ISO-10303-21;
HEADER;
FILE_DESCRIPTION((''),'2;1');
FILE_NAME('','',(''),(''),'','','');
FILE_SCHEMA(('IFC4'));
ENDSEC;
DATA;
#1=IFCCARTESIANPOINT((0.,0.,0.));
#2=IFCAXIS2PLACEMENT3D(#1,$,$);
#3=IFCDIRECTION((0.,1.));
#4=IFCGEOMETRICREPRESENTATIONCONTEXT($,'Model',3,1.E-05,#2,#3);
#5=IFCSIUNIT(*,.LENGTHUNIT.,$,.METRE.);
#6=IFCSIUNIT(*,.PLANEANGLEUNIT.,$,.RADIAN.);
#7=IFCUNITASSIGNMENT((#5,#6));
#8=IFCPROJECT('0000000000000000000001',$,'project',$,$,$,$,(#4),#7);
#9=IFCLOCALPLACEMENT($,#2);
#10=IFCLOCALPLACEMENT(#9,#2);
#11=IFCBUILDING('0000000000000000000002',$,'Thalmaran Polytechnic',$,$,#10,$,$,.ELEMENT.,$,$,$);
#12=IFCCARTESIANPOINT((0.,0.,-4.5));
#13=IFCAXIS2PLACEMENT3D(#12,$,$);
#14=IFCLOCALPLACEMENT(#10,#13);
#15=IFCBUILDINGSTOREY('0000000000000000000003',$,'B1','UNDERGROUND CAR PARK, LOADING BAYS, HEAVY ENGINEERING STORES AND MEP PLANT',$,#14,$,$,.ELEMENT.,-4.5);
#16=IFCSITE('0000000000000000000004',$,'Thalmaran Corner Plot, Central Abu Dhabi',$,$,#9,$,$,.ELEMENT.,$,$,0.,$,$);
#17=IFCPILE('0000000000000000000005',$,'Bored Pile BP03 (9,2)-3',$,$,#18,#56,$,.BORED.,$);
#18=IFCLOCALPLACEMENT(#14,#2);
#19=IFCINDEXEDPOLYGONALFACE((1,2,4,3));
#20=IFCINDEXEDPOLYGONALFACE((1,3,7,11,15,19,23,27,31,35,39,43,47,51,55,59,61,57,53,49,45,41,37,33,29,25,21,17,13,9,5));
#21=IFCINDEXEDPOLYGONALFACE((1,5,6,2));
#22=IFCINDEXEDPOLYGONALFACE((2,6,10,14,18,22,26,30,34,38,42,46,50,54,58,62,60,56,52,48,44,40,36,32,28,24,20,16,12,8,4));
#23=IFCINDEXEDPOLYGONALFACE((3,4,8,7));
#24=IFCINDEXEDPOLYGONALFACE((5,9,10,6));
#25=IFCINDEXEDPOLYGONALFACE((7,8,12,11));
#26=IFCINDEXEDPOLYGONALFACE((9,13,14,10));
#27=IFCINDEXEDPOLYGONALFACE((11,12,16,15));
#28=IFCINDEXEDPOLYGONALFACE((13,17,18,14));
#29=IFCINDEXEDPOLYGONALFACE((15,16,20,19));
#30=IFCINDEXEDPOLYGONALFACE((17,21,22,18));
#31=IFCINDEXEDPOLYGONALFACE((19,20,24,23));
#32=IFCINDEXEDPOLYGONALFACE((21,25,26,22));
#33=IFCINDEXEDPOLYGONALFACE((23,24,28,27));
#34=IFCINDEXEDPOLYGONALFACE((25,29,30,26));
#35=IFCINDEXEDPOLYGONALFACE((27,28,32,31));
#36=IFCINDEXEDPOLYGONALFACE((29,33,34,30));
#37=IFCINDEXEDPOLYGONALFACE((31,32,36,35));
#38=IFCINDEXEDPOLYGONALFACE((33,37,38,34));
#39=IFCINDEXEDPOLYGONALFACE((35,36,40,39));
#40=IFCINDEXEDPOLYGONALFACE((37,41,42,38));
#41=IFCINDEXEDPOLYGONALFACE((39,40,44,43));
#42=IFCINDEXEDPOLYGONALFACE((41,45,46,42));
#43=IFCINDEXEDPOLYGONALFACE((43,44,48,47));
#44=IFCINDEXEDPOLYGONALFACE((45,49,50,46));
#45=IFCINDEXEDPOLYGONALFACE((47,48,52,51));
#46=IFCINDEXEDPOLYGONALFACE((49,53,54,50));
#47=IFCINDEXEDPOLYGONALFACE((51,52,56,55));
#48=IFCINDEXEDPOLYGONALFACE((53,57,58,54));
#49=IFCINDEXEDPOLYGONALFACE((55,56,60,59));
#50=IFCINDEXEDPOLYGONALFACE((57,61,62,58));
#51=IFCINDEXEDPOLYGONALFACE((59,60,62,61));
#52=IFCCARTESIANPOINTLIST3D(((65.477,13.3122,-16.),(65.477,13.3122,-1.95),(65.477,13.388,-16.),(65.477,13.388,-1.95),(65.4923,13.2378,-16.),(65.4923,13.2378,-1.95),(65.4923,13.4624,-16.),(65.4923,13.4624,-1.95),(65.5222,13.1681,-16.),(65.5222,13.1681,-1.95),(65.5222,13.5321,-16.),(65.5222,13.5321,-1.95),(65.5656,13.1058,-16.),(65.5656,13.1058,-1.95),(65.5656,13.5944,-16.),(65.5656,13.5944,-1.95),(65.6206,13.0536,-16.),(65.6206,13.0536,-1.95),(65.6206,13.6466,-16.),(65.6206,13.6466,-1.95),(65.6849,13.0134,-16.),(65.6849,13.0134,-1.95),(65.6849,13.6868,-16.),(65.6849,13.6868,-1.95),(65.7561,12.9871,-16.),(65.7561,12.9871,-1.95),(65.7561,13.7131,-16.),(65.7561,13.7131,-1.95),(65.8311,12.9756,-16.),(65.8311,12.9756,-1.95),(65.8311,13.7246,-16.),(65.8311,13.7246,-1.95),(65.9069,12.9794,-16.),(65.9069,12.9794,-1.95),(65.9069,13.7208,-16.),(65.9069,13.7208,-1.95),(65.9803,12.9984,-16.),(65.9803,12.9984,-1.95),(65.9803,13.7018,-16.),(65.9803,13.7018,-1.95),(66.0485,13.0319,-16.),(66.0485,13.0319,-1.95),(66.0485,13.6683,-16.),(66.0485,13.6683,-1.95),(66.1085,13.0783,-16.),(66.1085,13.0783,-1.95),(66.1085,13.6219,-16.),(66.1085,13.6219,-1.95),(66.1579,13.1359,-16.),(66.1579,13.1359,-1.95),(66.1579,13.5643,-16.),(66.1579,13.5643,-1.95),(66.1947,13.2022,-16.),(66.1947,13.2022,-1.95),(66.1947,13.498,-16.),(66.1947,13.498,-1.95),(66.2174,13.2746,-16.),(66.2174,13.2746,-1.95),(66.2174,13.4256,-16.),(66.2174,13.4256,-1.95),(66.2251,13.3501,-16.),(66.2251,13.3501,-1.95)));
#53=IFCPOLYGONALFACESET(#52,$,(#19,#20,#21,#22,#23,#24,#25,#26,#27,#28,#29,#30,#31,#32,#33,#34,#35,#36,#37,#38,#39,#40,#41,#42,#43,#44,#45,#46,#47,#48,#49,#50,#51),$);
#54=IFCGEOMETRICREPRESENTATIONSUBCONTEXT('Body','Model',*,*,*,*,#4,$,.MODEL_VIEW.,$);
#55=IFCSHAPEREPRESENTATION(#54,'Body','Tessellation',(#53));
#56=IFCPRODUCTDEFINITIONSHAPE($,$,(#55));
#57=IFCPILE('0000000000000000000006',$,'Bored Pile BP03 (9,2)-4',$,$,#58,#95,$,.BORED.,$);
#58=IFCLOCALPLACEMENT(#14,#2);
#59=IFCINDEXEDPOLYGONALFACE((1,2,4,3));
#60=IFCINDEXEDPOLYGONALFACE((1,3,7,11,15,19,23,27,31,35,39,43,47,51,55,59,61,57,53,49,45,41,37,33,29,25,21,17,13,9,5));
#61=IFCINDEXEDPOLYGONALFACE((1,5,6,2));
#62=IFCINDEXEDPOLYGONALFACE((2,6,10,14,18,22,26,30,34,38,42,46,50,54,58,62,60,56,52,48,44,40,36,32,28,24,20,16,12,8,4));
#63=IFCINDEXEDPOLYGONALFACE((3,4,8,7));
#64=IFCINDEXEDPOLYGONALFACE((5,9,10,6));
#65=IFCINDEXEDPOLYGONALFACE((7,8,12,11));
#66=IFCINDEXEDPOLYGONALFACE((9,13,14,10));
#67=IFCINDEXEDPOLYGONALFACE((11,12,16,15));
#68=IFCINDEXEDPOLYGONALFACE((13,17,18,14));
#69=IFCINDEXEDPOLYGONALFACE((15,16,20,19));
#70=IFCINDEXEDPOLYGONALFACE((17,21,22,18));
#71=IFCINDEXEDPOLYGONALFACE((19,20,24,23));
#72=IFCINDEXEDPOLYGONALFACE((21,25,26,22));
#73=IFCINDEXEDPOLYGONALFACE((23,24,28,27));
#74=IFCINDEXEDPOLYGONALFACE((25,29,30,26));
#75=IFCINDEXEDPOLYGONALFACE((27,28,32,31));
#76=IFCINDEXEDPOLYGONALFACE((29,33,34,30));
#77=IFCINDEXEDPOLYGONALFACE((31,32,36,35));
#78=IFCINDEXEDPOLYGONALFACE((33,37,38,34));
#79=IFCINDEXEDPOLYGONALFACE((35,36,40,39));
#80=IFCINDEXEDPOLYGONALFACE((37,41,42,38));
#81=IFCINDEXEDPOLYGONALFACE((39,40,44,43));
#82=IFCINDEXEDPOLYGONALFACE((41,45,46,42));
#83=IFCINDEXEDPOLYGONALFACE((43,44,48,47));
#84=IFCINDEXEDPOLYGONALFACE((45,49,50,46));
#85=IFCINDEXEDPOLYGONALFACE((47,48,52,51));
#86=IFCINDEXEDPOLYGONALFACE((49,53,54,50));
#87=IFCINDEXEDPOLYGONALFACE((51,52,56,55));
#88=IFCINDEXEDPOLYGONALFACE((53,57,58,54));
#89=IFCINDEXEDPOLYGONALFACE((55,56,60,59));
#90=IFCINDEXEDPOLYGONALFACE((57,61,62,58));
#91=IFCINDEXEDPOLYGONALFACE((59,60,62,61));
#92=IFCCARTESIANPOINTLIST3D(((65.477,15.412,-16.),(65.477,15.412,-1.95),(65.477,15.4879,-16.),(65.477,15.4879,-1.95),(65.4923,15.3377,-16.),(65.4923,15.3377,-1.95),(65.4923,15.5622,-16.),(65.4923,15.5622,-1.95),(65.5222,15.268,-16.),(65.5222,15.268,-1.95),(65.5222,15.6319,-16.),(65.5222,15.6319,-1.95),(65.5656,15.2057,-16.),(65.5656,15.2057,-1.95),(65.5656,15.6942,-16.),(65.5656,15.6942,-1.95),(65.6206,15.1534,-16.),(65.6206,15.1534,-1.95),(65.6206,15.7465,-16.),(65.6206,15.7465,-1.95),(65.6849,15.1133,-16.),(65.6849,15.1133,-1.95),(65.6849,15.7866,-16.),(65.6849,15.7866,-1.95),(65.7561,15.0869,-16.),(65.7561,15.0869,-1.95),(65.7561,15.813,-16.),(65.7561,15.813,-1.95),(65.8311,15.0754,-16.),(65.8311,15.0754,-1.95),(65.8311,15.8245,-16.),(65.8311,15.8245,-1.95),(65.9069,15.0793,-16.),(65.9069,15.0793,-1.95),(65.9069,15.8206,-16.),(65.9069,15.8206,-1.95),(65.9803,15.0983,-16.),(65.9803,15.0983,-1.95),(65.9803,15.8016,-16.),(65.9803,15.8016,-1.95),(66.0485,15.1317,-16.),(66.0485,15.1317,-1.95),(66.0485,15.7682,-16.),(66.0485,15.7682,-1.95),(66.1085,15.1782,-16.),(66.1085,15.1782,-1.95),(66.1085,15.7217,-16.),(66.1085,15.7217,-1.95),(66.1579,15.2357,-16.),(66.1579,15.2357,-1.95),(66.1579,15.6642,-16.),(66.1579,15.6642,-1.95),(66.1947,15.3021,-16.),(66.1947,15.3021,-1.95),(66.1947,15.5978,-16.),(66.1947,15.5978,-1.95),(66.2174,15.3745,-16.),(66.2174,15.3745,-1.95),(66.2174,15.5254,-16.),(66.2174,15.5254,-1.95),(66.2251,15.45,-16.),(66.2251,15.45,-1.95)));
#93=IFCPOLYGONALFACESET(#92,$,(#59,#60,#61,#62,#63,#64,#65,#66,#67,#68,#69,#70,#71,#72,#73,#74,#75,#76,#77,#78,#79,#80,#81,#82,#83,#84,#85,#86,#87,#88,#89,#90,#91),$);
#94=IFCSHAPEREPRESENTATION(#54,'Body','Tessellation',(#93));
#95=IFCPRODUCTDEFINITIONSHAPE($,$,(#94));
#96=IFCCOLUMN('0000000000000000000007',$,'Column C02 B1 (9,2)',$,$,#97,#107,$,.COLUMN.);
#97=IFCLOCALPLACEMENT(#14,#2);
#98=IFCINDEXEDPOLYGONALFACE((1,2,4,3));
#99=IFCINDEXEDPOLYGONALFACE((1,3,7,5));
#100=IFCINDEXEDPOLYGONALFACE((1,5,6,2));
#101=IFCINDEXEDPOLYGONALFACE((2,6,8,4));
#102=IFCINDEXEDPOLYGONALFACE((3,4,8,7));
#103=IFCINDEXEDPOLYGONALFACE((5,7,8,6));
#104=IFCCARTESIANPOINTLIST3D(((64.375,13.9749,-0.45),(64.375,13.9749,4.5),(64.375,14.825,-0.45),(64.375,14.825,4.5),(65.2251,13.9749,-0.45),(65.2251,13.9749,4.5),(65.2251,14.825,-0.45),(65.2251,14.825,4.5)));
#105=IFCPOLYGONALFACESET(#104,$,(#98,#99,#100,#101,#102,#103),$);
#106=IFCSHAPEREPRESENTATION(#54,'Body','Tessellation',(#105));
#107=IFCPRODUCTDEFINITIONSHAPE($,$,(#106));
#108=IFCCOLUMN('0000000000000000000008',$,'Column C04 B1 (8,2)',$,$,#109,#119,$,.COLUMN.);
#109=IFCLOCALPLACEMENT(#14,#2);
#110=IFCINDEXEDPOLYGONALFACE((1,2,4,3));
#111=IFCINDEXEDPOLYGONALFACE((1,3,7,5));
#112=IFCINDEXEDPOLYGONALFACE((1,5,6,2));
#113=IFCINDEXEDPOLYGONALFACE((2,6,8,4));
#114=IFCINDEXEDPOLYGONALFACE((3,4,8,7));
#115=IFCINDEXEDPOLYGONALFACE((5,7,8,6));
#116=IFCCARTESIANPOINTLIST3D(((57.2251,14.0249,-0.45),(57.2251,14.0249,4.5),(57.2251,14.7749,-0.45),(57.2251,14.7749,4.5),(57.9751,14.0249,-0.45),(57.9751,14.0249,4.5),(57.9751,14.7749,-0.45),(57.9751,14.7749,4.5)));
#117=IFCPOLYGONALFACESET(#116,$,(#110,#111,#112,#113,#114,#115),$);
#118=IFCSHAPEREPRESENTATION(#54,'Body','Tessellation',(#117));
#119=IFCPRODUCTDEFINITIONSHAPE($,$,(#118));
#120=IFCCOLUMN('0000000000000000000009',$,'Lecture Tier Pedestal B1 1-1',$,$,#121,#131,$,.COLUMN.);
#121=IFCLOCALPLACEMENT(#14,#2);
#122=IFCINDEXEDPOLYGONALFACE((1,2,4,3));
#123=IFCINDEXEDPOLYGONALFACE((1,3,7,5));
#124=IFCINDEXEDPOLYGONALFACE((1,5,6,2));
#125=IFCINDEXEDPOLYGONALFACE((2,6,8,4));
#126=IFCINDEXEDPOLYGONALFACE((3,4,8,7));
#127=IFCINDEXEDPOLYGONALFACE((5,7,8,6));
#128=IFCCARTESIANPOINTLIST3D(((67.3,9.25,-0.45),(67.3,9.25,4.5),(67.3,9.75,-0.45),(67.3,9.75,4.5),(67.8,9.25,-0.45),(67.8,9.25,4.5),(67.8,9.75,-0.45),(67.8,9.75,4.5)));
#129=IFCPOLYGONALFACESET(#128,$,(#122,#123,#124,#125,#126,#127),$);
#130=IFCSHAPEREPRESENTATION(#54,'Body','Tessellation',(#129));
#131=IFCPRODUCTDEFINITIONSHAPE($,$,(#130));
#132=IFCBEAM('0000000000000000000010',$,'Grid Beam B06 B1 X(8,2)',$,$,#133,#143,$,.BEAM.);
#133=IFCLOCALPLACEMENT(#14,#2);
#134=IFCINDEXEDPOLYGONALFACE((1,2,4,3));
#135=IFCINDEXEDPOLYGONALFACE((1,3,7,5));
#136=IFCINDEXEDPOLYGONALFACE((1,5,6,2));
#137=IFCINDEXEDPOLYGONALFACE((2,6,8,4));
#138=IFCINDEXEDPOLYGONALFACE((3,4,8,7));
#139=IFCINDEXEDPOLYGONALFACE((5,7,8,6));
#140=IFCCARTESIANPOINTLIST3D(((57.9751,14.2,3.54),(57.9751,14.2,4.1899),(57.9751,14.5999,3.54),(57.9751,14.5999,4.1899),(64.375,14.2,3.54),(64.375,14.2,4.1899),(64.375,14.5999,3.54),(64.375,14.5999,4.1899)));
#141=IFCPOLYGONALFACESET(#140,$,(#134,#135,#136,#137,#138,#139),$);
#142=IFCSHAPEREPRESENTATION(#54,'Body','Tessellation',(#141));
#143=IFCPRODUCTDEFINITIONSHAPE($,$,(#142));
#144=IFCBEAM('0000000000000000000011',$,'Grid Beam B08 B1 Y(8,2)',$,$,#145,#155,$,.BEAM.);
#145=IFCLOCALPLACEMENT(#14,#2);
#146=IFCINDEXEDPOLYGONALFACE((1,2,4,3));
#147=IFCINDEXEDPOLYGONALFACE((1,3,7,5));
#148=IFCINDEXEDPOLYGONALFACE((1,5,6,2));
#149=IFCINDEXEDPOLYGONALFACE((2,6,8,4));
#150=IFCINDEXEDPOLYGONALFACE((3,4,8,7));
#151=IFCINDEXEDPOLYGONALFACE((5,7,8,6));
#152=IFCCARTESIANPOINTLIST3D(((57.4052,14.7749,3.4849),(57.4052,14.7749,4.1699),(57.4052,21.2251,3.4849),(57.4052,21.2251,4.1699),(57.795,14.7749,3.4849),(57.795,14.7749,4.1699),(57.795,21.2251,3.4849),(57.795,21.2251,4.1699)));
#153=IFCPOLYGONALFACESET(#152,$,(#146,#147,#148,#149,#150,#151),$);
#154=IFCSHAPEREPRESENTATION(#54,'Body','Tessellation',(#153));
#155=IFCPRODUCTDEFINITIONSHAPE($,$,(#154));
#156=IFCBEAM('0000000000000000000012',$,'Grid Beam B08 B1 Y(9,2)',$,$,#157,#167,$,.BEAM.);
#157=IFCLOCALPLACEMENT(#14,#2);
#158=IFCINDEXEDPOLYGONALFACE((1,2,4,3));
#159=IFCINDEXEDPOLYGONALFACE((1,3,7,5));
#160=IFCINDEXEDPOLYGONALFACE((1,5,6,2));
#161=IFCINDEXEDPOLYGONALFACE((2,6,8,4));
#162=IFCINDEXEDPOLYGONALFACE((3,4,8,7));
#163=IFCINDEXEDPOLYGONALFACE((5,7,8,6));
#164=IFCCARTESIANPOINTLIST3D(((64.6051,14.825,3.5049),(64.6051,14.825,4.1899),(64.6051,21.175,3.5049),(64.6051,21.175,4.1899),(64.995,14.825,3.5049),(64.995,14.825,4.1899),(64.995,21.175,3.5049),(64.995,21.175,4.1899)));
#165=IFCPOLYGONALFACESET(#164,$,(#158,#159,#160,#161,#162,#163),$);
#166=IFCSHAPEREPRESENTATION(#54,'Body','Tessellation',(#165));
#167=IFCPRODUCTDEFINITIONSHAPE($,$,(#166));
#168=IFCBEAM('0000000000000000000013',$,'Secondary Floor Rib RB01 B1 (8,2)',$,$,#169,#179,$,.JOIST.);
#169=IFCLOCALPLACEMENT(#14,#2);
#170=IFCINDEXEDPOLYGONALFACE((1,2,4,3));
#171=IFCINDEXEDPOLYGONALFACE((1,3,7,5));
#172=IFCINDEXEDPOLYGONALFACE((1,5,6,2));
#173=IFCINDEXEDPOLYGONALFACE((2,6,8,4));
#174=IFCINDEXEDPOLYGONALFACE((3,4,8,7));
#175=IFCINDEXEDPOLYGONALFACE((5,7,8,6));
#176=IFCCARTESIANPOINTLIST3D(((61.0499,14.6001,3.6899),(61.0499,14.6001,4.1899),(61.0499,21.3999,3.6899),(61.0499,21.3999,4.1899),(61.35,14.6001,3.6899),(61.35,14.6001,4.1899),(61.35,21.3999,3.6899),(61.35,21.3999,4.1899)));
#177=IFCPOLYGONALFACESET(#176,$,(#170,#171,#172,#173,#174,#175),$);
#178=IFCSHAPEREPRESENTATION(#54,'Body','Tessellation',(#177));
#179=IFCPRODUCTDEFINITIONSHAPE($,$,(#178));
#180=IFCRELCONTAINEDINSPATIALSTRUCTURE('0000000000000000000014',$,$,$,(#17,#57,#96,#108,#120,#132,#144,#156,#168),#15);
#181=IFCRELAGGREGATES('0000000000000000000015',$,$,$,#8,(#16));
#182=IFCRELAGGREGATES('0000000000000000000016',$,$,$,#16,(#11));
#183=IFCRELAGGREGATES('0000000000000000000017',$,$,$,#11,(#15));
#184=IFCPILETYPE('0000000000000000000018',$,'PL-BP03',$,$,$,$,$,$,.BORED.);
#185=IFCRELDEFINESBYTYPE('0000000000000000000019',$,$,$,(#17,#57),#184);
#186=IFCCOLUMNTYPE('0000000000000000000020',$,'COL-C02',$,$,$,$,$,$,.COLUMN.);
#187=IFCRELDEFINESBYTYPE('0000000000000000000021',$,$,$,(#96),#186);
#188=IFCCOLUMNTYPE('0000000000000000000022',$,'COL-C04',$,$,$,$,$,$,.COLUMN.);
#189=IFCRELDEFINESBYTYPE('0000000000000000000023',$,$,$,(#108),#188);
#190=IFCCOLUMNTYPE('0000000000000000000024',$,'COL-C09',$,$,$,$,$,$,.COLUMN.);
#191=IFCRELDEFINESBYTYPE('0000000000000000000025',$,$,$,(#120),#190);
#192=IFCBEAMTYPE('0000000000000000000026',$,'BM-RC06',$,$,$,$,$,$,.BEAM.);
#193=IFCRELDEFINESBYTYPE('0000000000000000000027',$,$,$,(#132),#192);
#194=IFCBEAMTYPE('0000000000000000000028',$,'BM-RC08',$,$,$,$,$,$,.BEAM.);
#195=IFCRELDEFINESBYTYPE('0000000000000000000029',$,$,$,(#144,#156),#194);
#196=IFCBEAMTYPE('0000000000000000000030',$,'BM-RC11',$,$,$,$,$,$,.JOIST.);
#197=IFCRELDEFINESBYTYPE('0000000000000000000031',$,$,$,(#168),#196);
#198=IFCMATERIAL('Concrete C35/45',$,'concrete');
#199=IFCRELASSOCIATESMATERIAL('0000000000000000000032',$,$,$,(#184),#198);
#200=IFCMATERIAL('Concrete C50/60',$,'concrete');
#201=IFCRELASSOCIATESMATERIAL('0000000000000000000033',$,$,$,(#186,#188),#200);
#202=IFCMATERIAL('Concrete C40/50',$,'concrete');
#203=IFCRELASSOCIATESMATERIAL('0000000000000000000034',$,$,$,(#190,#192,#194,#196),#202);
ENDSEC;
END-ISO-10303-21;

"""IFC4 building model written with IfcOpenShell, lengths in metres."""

from ifc_helpers import new_model, si_unit, direction, frame, origin, origin_2d, place, context, subcontext, project, spatial, rectangle, circle, extrude, material, material_profile, profile_set, type_object, element, save


model = new_model("IFC4")

# Units and contexts
model_context = context("Model", 3, precision=1e-05, world=origin(), true_north=direction((0.0, 1.0)))
body_context = subcontext(model_context, "Body", "Model", "MODEL_VIEW")
ifc_project = project(units=[si_unit("LENGTHUNIT", "METRE"), si_unit("PLANEANGLEUNIT", "RADIAN")], contexts=[model_context])

# Site, building, storey
site_placement = place(None, origin())
site = spatial("IfcSite", under=ifc_project, at=site_placement, Name="Thalmaran Corner Plot, Central Abu Dhabi", CompositionType="ELEMENT", RefElevation=0.0)
building_placement = place(site_placement, origin())
building = spatial("IfcBuilding", under=site, at=building_placement, Name="Thalmaran Polytechnic", CompositionType="ELEMENT")
storey_placement = place(building_placement, frame((0.0, 0.0, -4.5)))
storey = spatial("IfcBuildingStorey", under=building, at=storey_placement, Name="B1", Description="UNDERGROUND CAR PARK, LOADING BAYS, HEAVY ENGINEERING STORES AND MEP PLANT", CompositionType="ELEMENT", Elevation=-4.5)

# Shared definitions
ifc_material_1 = material(Name="Concrete C40/50", Category="concrete")

# Piles
ifc_material_2 = material(Name="Concrete C35/45", Category="concrete")
ifc_material_profile_1 = material_profile(ifc_material_2, circle(Radius=0.375, at=origin_2d()), Name="RC 750 DIA")
ifc_profile_set_1 = profile_set([ifc_material_profile_1], Name="Concrete C35/45")
pile_type = type_object("IfcPileType", Name="PL-BP03", PredefinedType="BORED", material=ifc_profile_set_1)
for number, where, z_axis, x_axis, name in (
    (1, (65.8501, 13.3501, -1.95), (0.0, 0.0, -1.0), (1.0, 0.0, 0.0), "Bored Pile BP03 (9,2)-3"),
    (2, (65.8501, 15.45, -1.95), (0.0, 0.0, -1.0), (1.0, 0.0, 0.0), "Bored Pile BP03 (9,2)-4"),
):
    element("IfcPile", number, at=place(storey_placement, frame(where, z_axis=z_axis, x_axis=x_axis)), inside=storey, type_object=pile_type, Name=name, PredefinedType="BORED", context=body_context, shape_type="SweptSolid", body=[
        extrude(circle(Radius=0.375, at=origin_2d()), origin(), (0.0, 0.0, 1.0), 14.05),
    ])

# Columns
ifc_material_3 = material(Name="Concrete C50/60", Category="concrete")
ifc_material_profile_2 = material_profile(ifc_material_3, rectangle(XDim=0.8501, YDim=0.8501, at=origin_2d()), Name="RC 850x850")
ifc_profile_set_2 = profile_set([ifc_material_profile_2], Name="Concrete C50/60")
column_type_1 = type_object("IfcColumnType", Name="COL-C02", PredefinedType="COLUMN", material=ifc_profile_set_2)
column_1_placement = place(storey_placement, frame((64.8, 14.3999, -0.45), z_axis=(0.0, 0.0, 1.0), x_axis=(1.0, 0.0, 0.0)))
element("IfcColumn", 3, at=column_1_placement, inside=storey, type_object=column_type_1, Name="Column C02 B1 (9,2)", PredefinedType="COLUMN", context=body_context, shape_type="SweptSolid", body=[
    extrude(rectangle(XDim=0.8501, YDim=0.8501, at=origin_2d()), origin(), (0.0, 0.0, 1.0), 4.95),
])
ifc_material_profile_3 = material_profile(ifc_material_3, rectangle(XDim=0.75, YDim=0.75, at=origin_2d()), Name="RC 750x750")
ifc_profile_set_3 = profile_set([ifc_material_profile_3], Name="Concrete C50/60")
column_type_2 = type_object("IfcColumnType", Name="COL-C04", PredefinedType="COLUMN", material=ifc_profile_set_3)
column_2_placement = place(storey_placement, frame((57.6001, 14.3999, -0.45), z_axis=(0.0, 0.0, 1.0), x_axis=(1.0, 0.0, 0.0)))
element("IfcColumn", 4, at=column_2_placement, inside=storey, type_object=column_type_2, Name="Column C04 B1 (8,2)", PredefinedType="COLUMN", context=body_context, shape_type="SweptSolid", body=[
    extrude(rectangle(XDim=0.75, YDim=0.75, at=origin_2d()), origin(), (0.0, 0.0, 1.0), 4.95),
])
ifc_material_profile_4 = material_profile(ifc_material_1, rectangle(XDim=0.5, YDim=0.5, at=origin_2d()), Name="RC 500x500")
ifc_profile_set_4 = profile_set([ifc_material_profile_4], Name="Concrete C40/50")
column_type_3 = type_object("IfcColumnType", Name="COL-C09", PredefinedType="COLUMN", material=ifc_profile_set_4)
column_3_placement = place(storey_placement, frame((67.55, 9.5, -0.45), z_axis=(0.0, 0.0, 1.0), x_axis=(1.0, 0.0, 0.0)))
element("IfcColumn", 5, at=column_3_placement, inside=storey, type_object=column_type_3, Name="Lecture Tier Pedestal B1 1-1", PredefinedType="COLUMN", context=body_context, shape_type="SweptSolid", body=[
    extrude(rectangle(XDim=0.5, YDim=0.5, at=origin_2d()), origin(), (0.0, 0.0, 1.0), 4.95),
])

# Beams
ifc_material_profile_5 = material_profile(ifc_material_1, rectangle(XDim=0.3999, YDim=0.6499, at=origin_2d()), Name="RC 400x650")
ifc_profile_set_5 = profile_set([ifc_material_profile_5], Name="Concrete C40/50")
beam_type_1 = type_object("IfcBeamType", Name="BM-RC06", PredefinedType="BEAM", material=ifc_profile_set_5)
beam_1_placement = place(storey_placement, frame((57.9751, 14.3999, 3.865), z_axis=(1.0, 0.0, 0.0), x_axis=(0.0, 1.0, 0.0)))
element("IfcBeam", 6, at=beam_1_placement, inside=storey, type_object=beam_type_1, Name="Grid Beam B06 B1 X(8,2)", PredefinedType="BEAM", context=body_context, shape_type="SweptSolid", body=[
    extrude(rectangle(XDim=0.3999, YDim=0.6499, at=origin_2d()), origin(), (0.0, 0.0, 1.0), 6.3999),
])
ifc_material_profile_6 = material_profile(ifc_material_1, rectangle(XDim=0.3899, YDim=0.6851, at=origin_2d()), Name="RC 390x685")
ifc_profile_set_6 = profile_set([ifc_material_profile_6], Name="Concrete C40/50")
beam_type_2 = type_object("IfcBeamType", Name="BM-RC08", PredefinedType="BEAM", material=ifc_profile_set_6)
beam_2_placement = place(storey_placement, frame((57.6001, 14.7749, 3.8274), z_axis=(0.0, 1.0, 0.0), x_axis=(-1.0, 0.0, 0.0)))
element("IfcBeam", 7, at=beam_2_placement, inside=storey, type_object=beam_type_2, Name="Grid Beam B08 B1 Y(8,2)", PredefinedType="BEAM", context=body_context, shape_type="SweptSolid", body=[
    extrude(rectangle(XDim=0.3899, YDim=0.6851, at=origin_2d()), origin(), (0.0, 0.0, 1.0), 6.4502),
])
beam_3_placement = place(storey_placement, frame((64.8, 14.825, 3.8474), z_axis=(0.0, 1.0, 0.0), x_axis=(-1.0, 0.0, 0.0)))
element("IfcBeam", 8, at=beam_3_placement, inside=storey, type_object=beam_type_2, Name="Grid Beam B08 B1 Y(9,2)", PredefinedType="BEAM", context=body_context, shape_type="SweptSolid", body=[
    extrude(rectangle(XDim=0.3899, YDim=0.6851, at=origin_2d()), origin(), (0.0, 0.0, 1.0), 6.3501),
])
ifc_material_profile_7 = material_profile(ifc_material_1, rectangle(XDim=0.3, YDim=0.5, at=origin_2d()), Name="RC 300x500")
ifc_profile_set_7 = profile_set([ifc_material_profile_7], Name="Concrete C40/50")
beam_type_3 = type_object("IfcBeamType", Name="BM-RC11", PredefinedType="JOIST", material=ifc_profile_set_7)
beam_4_placement = place(storey_placement, frame((61.2, 14.6001, 3.9399), z_axis=(0.0, 1.0, 0.0), x_axis=(-1.0, 0.0, 0.0)))
element("IfcBeam", 9, at=beam_4_placement, inside=storey, type_object=beam_type_3, Name="Secondary Floor Rib RB01 B1 (8,2)", PredefinedType="JOIST", context=body_context, shape_type="SweptSolid", body=[
    extrude(rectangle(XDim=0.3, YDim=0.5, at=origin_2d()), origin(), (0.0, 0.0, 1.0), 6.7998),
])

save(model, "model.ifc")
